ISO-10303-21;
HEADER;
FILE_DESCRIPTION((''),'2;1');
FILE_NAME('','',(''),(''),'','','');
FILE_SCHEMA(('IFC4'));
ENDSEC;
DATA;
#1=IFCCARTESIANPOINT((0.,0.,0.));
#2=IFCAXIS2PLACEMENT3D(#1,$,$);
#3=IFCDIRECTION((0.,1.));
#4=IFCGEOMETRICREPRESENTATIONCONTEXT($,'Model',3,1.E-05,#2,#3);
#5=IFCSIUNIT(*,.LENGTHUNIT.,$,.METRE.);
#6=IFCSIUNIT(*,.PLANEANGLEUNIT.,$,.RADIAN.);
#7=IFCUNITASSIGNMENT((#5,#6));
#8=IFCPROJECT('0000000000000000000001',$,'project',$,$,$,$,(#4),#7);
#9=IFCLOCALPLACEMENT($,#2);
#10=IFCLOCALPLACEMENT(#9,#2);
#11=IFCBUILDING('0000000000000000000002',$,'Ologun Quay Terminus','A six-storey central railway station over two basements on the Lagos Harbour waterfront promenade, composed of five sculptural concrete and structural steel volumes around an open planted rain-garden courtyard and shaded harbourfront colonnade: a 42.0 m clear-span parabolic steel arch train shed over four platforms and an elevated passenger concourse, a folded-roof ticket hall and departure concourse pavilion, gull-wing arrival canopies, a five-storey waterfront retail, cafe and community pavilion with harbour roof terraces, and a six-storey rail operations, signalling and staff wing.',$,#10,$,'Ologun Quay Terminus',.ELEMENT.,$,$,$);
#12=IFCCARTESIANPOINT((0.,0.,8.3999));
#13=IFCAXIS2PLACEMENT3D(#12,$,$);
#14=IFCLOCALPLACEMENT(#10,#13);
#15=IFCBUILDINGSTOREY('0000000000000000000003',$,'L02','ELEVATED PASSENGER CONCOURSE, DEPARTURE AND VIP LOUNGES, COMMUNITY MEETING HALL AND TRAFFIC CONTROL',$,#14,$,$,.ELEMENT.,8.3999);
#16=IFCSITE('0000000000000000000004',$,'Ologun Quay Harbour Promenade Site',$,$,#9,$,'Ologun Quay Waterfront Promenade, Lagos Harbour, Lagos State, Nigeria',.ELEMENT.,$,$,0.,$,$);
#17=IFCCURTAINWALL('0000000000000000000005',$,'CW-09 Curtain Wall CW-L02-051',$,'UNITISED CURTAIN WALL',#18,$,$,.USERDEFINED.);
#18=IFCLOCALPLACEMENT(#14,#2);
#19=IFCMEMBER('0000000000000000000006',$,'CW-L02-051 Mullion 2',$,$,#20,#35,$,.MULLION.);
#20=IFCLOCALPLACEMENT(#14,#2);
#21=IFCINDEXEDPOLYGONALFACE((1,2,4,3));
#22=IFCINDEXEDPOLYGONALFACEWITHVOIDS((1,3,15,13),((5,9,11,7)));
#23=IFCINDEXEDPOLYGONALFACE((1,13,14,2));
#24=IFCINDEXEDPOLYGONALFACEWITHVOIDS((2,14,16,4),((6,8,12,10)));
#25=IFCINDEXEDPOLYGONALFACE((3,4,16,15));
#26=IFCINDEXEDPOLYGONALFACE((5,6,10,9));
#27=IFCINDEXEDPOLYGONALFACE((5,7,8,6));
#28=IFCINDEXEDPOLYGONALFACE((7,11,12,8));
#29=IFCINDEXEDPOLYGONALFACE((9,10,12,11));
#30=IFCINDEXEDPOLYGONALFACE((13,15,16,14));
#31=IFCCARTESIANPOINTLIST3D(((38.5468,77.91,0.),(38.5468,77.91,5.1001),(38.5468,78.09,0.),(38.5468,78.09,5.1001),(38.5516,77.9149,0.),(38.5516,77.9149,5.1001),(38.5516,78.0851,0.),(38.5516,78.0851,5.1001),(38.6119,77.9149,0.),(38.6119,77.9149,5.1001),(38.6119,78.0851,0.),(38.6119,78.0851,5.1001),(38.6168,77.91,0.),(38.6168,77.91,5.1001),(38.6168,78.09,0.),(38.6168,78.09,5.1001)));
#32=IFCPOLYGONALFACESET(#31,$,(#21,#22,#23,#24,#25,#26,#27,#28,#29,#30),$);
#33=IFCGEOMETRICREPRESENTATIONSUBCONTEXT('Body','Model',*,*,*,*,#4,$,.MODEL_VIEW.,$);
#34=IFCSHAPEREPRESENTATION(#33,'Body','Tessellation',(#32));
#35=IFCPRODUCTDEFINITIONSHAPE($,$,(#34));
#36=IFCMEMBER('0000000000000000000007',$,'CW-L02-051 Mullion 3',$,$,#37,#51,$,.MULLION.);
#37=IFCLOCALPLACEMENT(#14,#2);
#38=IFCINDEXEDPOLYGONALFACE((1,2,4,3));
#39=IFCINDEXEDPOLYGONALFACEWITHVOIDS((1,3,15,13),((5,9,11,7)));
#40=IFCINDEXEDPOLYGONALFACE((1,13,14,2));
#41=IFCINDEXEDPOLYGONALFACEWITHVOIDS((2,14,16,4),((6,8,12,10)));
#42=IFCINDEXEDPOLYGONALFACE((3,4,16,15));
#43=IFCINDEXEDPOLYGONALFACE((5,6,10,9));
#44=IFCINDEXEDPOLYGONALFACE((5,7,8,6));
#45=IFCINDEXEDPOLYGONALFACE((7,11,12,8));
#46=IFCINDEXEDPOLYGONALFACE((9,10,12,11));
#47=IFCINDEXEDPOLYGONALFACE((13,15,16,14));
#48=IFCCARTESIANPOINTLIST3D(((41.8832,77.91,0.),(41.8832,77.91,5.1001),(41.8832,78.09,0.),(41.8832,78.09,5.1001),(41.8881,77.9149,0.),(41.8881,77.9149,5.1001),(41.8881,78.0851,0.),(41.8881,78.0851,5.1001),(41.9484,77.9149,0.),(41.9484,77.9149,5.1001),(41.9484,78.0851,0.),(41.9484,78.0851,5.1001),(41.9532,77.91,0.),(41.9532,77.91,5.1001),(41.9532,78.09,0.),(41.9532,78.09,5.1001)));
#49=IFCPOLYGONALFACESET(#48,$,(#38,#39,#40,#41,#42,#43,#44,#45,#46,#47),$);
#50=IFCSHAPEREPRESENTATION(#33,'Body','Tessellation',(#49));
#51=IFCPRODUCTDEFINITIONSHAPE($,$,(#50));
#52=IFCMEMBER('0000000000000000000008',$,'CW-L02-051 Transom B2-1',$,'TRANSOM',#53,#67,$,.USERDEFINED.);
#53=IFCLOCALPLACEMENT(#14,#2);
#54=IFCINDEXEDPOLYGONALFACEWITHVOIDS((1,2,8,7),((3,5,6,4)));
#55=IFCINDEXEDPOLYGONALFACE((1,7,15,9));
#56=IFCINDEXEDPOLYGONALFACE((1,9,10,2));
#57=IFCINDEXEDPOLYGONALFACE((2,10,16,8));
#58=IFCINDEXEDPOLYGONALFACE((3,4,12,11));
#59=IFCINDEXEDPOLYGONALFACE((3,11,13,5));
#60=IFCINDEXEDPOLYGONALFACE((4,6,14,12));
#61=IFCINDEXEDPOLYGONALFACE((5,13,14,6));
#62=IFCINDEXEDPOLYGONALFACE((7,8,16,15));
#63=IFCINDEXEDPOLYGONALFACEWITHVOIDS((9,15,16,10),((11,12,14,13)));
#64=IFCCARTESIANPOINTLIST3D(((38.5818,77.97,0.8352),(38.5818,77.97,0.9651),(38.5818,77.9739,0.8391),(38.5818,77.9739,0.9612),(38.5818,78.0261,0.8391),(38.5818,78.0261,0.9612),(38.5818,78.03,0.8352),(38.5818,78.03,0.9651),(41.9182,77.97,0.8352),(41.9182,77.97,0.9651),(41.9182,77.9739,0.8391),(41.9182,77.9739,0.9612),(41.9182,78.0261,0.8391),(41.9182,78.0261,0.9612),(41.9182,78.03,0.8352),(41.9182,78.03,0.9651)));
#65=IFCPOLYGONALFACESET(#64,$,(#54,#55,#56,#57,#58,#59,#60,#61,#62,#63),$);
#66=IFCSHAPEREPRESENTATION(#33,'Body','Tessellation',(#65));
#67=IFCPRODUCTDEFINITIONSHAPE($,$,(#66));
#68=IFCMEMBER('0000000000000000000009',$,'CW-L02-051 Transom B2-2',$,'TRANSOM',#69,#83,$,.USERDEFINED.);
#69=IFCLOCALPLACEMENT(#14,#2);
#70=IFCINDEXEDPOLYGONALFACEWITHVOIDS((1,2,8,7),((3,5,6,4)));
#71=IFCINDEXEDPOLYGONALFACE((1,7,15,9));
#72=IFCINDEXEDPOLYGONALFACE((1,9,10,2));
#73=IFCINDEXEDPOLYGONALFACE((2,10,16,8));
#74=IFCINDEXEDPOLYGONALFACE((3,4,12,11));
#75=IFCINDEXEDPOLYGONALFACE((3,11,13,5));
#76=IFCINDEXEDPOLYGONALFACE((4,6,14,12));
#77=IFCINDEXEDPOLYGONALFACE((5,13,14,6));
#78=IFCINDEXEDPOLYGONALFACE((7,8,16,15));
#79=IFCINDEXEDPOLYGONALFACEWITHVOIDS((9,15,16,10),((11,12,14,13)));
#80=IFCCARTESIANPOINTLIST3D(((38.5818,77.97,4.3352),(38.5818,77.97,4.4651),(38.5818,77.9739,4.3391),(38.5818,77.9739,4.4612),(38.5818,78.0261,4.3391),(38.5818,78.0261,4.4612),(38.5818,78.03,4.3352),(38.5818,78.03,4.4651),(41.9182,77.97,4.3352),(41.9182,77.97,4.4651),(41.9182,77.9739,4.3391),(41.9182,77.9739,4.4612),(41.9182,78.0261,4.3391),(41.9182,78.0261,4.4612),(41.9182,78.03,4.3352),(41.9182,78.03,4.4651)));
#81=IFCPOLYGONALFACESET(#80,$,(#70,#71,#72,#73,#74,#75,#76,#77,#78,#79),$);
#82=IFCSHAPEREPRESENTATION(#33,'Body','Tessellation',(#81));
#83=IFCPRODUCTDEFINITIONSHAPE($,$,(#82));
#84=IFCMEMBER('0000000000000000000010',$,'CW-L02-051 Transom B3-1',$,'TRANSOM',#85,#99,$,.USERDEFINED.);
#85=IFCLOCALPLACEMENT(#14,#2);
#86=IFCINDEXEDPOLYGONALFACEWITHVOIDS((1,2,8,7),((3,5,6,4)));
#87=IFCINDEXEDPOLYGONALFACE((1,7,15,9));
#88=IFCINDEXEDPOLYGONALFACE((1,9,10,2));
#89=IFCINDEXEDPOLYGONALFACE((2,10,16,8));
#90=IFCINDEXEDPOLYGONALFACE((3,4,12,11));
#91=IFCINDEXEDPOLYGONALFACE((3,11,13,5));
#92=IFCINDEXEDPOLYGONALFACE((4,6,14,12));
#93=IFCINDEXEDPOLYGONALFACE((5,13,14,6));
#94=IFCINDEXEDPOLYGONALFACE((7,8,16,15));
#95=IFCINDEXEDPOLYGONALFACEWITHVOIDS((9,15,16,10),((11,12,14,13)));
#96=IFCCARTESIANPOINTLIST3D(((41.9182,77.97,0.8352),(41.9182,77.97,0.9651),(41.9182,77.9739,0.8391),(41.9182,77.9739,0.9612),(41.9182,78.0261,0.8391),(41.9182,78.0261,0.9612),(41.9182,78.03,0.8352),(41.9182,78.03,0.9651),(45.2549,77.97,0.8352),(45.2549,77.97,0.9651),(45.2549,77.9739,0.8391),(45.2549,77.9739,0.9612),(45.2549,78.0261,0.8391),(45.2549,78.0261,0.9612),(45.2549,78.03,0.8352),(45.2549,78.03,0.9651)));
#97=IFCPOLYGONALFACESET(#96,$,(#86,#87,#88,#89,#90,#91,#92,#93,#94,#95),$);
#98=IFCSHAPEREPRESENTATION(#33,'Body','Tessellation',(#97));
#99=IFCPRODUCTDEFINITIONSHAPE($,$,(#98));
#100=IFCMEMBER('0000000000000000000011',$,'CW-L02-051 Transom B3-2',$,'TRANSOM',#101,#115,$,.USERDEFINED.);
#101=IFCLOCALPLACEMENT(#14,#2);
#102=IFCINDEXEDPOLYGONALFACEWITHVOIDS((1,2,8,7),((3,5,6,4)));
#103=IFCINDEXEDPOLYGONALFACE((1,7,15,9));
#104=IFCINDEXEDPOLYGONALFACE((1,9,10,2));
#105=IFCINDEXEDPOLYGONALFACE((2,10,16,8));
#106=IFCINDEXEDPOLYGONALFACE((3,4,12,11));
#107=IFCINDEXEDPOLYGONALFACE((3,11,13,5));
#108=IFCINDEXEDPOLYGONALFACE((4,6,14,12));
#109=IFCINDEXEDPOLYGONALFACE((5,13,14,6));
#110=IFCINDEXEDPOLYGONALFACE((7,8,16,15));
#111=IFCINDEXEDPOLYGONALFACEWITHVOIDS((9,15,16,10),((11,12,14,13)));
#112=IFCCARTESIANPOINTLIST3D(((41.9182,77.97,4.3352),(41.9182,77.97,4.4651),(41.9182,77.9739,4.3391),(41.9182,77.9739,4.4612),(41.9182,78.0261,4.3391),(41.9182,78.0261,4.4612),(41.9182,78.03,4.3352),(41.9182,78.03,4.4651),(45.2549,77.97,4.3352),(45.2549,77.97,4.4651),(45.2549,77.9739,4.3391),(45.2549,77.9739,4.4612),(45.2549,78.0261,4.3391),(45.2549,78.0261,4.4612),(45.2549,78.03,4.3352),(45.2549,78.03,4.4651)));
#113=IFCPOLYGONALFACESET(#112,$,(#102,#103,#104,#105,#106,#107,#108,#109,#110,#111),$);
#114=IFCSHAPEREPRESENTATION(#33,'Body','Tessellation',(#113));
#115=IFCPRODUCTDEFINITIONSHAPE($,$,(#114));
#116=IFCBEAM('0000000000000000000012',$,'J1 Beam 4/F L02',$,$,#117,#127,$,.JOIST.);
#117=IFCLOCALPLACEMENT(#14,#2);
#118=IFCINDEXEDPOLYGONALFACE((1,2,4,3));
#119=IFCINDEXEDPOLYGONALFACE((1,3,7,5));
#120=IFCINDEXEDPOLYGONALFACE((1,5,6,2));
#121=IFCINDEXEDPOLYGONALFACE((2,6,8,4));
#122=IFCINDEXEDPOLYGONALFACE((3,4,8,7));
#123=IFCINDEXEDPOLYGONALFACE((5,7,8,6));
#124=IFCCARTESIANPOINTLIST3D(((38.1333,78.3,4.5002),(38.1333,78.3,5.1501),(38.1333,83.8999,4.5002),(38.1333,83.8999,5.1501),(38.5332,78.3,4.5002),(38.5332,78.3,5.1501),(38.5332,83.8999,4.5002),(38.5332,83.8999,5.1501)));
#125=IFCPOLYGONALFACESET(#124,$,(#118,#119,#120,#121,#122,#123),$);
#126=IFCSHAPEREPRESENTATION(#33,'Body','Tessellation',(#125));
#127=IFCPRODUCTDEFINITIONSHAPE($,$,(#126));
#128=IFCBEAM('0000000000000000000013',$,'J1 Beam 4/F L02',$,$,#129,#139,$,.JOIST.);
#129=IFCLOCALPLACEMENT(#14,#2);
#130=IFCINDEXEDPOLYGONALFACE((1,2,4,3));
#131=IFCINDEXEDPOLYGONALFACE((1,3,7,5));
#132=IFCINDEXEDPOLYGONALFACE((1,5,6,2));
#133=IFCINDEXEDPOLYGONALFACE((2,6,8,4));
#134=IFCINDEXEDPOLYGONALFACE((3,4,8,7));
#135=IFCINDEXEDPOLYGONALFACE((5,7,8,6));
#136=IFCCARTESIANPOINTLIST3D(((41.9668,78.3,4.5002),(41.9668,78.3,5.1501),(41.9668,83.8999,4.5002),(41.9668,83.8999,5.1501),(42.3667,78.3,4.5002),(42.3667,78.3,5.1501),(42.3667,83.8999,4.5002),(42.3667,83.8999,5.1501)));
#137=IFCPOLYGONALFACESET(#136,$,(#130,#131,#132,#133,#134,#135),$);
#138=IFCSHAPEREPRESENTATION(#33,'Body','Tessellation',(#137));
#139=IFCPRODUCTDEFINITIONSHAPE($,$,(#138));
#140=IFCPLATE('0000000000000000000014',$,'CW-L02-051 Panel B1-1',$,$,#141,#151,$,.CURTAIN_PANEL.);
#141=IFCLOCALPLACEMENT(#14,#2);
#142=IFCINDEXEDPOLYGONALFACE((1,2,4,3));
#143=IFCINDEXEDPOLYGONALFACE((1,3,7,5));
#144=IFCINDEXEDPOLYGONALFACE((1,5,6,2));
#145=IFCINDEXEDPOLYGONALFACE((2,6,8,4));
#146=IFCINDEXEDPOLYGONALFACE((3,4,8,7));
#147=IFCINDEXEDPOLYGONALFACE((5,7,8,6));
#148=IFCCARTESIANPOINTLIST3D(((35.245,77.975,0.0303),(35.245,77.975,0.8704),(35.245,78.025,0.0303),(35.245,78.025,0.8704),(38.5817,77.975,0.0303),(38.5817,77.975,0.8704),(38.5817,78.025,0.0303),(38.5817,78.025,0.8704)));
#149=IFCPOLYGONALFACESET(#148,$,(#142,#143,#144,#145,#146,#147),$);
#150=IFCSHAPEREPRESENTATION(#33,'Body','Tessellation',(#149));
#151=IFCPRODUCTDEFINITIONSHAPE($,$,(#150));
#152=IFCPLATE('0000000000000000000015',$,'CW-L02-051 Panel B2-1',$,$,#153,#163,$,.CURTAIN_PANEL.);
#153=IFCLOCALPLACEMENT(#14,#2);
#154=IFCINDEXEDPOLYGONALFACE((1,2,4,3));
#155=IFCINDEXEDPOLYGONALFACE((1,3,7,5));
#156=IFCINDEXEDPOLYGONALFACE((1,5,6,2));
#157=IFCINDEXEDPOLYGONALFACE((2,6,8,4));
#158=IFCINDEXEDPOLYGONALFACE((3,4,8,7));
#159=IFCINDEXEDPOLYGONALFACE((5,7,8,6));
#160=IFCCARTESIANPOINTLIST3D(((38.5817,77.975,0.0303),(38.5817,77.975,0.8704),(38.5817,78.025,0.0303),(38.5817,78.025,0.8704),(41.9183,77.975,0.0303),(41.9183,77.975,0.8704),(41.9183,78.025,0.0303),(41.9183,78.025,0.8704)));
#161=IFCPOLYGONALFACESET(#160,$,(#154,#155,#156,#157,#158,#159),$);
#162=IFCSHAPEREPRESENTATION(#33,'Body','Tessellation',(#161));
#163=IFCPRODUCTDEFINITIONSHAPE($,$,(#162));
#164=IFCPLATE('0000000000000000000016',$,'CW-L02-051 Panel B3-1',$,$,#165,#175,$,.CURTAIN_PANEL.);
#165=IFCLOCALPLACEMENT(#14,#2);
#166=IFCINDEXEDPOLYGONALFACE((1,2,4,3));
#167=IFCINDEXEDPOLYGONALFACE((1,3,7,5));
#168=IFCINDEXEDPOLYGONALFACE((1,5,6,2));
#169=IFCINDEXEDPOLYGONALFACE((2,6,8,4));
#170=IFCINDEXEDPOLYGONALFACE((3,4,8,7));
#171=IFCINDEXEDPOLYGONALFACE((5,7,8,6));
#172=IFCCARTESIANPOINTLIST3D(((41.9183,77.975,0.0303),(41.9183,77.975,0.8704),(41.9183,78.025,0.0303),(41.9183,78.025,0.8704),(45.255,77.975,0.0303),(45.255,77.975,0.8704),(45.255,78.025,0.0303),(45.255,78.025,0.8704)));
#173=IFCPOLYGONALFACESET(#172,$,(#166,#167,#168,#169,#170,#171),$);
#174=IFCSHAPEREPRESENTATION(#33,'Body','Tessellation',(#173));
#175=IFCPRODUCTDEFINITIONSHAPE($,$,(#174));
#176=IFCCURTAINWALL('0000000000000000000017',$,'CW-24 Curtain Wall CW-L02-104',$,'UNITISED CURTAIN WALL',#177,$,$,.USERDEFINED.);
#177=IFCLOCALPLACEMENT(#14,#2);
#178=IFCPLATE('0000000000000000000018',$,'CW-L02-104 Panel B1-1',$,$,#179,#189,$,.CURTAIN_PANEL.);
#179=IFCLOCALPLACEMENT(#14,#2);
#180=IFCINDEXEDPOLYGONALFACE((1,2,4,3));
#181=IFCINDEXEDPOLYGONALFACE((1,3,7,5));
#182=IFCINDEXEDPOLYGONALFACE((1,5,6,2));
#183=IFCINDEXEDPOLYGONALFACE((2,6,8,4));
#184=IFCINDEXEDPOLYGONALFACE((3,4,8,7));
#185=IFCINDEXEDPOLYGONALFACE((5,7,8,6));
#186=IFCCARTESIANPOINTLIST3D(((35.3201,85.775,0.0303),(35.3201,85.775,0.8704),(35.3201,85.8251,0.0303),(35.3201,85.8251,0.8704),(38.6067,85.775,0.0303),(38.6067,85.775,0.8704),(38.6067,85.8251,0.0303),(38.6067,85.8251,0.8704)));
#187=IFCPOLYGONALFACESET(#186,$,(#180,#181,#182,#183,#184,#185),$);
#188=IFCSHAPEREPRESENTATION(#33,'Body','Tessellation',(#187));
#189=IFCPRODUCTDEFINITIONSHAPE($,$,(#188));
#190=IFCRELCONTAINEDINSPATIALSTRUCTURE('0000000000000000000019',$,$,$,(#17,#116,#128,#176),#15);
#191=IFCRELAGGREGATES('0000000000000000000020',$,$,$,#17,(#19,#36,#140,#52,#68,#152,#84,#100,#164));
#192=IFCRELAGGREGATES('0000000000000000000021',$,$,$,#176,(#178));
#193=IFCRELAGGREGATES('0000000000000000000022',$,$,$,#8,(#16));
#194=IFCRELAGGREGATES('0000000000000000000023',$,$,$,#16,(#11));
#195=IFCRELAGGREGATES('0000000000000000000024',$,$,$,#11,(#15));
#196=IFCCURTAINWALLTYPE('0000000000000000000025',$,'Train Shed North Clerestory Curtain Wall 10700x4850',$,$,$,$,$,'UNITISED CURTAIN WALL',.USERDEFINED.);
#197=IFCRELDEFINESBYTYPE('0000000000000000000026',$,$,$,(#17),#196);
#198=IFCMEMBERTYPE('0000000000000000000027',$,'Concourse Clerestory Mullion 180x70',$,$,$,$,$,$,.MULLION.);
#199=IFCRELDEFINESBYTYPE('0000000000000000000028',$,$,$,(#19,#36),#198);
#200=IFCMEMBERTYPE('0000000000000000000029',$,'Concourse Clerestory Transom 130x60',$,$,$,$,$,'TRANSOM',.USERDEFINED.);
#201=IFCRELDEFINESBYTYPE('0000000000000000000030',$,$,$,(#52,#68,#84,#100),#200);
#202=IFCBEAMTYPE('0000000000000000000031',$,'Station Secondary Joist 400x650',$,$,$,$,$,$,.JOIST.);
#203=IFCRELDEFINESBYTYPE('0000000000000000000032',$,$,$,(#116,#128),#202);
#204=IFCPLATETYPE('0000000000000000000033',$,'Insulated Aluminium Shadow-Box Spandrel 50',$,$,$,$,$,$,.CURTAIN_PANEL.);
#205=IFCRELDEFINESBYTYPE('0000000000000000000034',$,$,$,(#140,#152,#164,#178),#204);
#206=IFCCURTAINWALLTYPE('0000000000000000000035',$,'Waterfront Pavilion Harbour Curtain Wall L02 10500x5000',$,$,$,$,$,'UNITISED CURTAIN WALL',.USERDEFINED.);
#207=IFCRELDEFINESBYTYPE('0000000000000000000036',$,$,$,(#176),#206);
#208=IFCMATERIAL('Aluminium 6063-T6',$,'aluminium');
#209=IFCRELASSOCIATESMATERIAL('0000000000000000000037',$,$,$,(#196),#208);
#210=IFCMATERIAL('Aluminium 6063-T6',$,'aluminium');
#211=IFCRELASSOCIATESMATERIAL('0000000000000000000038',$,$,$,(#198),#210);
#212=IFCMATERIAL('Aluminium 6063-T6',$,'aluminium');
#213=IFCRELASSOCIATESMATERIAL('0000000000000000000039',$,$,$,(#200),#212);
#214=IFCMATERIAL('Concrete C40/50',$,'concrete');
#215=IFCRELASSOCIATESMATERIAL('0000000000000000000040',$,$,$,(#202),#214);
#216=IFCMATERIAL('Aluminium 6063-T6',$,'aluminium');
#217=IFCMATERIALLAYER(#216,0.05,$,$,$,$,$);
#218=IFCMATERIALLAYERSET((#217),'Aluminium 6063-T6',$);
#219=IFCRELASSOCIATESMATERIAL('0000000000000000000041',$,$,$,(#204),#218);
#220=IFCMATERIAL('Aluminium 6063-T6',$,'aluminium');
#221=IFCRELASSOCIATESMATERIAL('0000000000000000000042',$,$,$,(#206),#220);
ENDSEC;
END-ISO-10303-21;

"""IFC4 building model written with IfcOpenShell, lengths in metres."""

from ifc_helpers import new_model, si_unit, direction, frame, origin, origin_2d, place, context, subcontext, project, spatial, rectangle, hollow_rectangle, extrude, material, layer, layer_set, material_profile, profile_set, type_object, element, aggregate, save


model = new_model("IFC4")

# Units and contexts
model_context = context("Model", 3, precision=1e-05, world=origin(), true_north=direction((0.0, 1.0)))
body_context = subcontext(model_context, "Body", "Model", "MODEL_VIEW")
ifc_project = project(units=[si_unit("LENGTHUNIT", "METRE"), si_unit("PLANEANGLEUNIT", "RADIAN")], contexts=[model_context])

# Site, building, storey
site_placement = place(None, origin())
site = spatial("IfcSite", under=ifc_project, at=site_placement, Name="Ologun Quay Harbour Promenade Site", LongName="Ologun Quay Waterfront Promenade, Lagos Harbour, Lagos State, Nigeria", CompositionType="ELEMENT", RefElevation=0.0)
building_placement = place(site_placement, origin())
building = spatial("IfcBuilding", under=site, at=building_placement, Name="Ologun Quay Terminus", Description="A six-storey central railway station over two basements on the Lagos Harbour waterfront promenade, composed of five sculptural concrete and structural steel volumes around an open planted rain-garden courtyard and shaded harbourfront colonnade: a 42.0 m clear-span parabolic steel arch train shed over four platforms and an elevated passenger concourse, a folded-roof ticket hall and departure concourse pavilion, gull-wing arrival canopies, a five-storey waterfront retail, cafe and community pavilion with harbour roof terraces, and a six-storey rail operations, signalling and staff wing.", LongName="Ologun Quay Terminus", CompositionType="ELEMENT")
storey_placement = place(building_placement, frame((0.0, 0.0, 8.3999)))
storey = spatial("IfcBuildingStorey", under=building, at=storey_placement, Name="L02", Description="ELEVATED PASSENGER CONCOURSE, DEPARTURE AND VIP LOUNGES, COMMUNITY MEETING HALL AND TRAFFIC CONTROL", CompositionType="ELEMENT", Elevation=8.3999)

# Curtain wall, members
ifc_material_1 = material(Name="Aluminium 6063-T6", Category="aluminium")
curtain_wall_type_1 = type_object("IfcCurtainWallType", Name="Train Shed North Clerestory Curtain Wall 10700x4850", ElementType="UNITISED CURTAIN WALL", PredefinedType="USERDEFINED", material=ifc_material_1)
curtain_wall_1_placement = place(storey_placement, origin())
curtain_wall_1 = element("IfcCurtainWall", 1, at=curtain_wall_1_placement, inside=storey, type_object=curtain_wall_type_1, Name="CW-09 Curtain Wall CW-L02-051", ObjectType="UNITISED CURTAIN WALL", PredefinedType="USERDEFINED")
ifc_material_2 = material(Name="Aluminium 6063-T6", Category="aluminium")
ifc_material_profile_1 = material_profile(ifc_material_2, hollow_rectangle(XDim=0.0701, YDim=0.1799, WallThickness=0.0049, at=origin_2d()), Name="ALU 180x70x5")
ifc_profile_set_1 = profile_set([ifc_material_profile_1], Name="Aluminium 6063-T6")
member_type_1 = type_object("IfcMemberType", Name="Concourse Clerestory Mullion 180x70", PredefinedType="MULLION", material=ifc_profile_set_1)
member_1_placement = place(storey_placement, frame((38.5818, 78.0, 0.0), z_axis=(0.0, 0.0, 1.0), x_axis=(1.0, 0.0, 0.0)))
member_1 = element("IfcMember", 2, at=member_1_placement, type_object=member_type_1, Name="CW-L02-051 Mullion 2", PredefinedType="MULLION", context=body_context, shape_type="SweptSolid", body=[
    extrude(hollow_rectangle(XDim=0.0701, YDim=0.1799, WallThickness=0.0049, at=origin_2d()), origin(), (0.0, 0.0, 1.0), 5.1001),
])
member_2_placement = place(storey_placement, frame((41.9182, 78.0, 0.0), z_axis=(0.0, 0.0, 1.0), x_axis=(1.0, 0.0, 0.0)))
member_2 = element("IfcMember", 3, at=member_2_placement, type_object=member_type_1, Name="CW-L02-051 Mullion 3", PredefinedType="MULLION", context=body_context, shape_type="SweptSolid", body=[
    extrude(hollow_rectangle(XDim=0.0701, YDim=0.1799, WallThickness=0.0049, at=origin_2d()), origin(), (0.0, 0.0, 1.0), 5.1001),
])
ifc_material_3 = material(Name="Aluminium 6063-T6", Category="aluminium")
ifc_material_profile_2 = material_profile(ifc_material_3, hollow_rectangle(XDim=0.0601, YDim=0.1299, WallThickness=0.0039, at=origin_2d()), Name="ALU 130x60x4")
ifc_profile_set_2 = profile_set([ifc_material_profile_2], Name="Aluminium 6063-T6")
member_type_2 = type_object("IfcMemberType", Name="Concourse Clerestory Transom 130x60", ElementType="TRANSOM", PredefinedType="USERDEFINED", material=ifc_profile_set_2)
member_3_placement = place(storey_placement, frame((38.5818, 78.0, 0.9001), z_axis=(1.0, 0.0, 0.0), x_axis=(0.0, 1.0, 0.0)))
member_3 = element("IfcMember", 4, at=member_3_placement, type_object=member_type_2, Name="CW-L02-051 Transom B2-1", ObjectType="TRANSOM", PredefinedType="USERDEFINED", context=body_context, shape_type="SweptSolid", body=[
    extrude(hollow_rectangle(XDim=0.0601, YDim=0.1299, WallThickness=0.0039, at=origin_2d()), origin(), (0.0, 0.0, 1.0), 3.3364),
])
member_4_placement = place(storey_placement, frame((38.5818, 78.0, 4.4001), z_axis=(1.0, 0.0, 0.0), x_axis=(0.0, 1.0, 0.0)))
member_4 = element("IfcMember", 5, at=member_4_placement, type_object=member_type_2, Name="CW-L02-051 Transom B2-2", ObjectType="TRANSOM", PredefinedType="USERDEFINED", context=body_context, shape_type="SweptSolid", body=[
    extrude(hollow_rectangle(XDim=0.0601, YDim=0.1299, WallThickness=0.0039, at=origin_2d()), origin(), (0.0, 0.0, 1.0), 3.3364),
])
member_5_placement = place(storey_placement, frame((41.9182, 78.0, 0.9001), z_axis=(1.0, 0.0, 0.0), x_axis=(0.0, 1.0, 0.0)))
member_5 = element("IfcMember", 6, at=member_5_placement, type_object=member_type_2, Name="CW-L02-051 Transom B3-1", ObjectType="TRANSOM", PredefinedType="USERDEFINED", context=body_context, shape_type="SweptSolid", body=[
    extrude(hollow_rectangle(XDim=0.0601, YDim=0.1299, WallThickness=0.0039, at=origin_2d()), origin(), (0.0, 0.0, 1.0), 3.3367),
])
member_6_placement = place(storey_placement, frame((41.9182, 78.0, 4.4001), z_axis=(1.0, 0.0, 0.0), x_axis=(0.0, 1.0, 0.0)))
member_6 = element("IfcMember", 7, at=member_6_placement, type_object=member_type_2, Name="CW-L02-051 Transom B3-2", ObjectType="TRANSOM", PredefinedType="USERDEFINED", context=body_context, shape_type="SweptSolid", body=[
    extrude(hollow_rectangle(XDim=0.0601, YDim=0.1299, WallThickness=0.0039, at=origin_2d()), origin(), (0.0, 0.0, 1.0), 3.3367),
])

# Beams
ifc_material_4 = material(Name="Concrete C40/50", Category="concrete")
ifc_material_profile_3 = material_profile(ifc_material_4, rectangle(XDim=0.3999, YDim=0.6499, at=origin_2d()), Name="RC 400x650")
ifc_profile_set_3 = profile_set([ifc_material_profile_3], Name="Concrete C40/50")
beam_type = type_object("IfcBeamType", Name="Station Secondary Joist 400x650", PredefinedType="JOIST", material=ifc_profile_set_3)
for number, where, z_axis, x_axis, name in (
    (8, (38.3333, 78.3, 4.8252), (0.0, 1.0, 0.0), (-1.0, 0.0, 0.0), "J1 Beam 4/F L02"),
    (9, (42.1667, 78.3, 4.8252), (0.0, 1.0, 0.0), (-1.0, 0.0, 0.0), "J1 Beam 4/F L02"),
):
    element("IfcBeam", number, at=place(storey_placement, frame(where, z_axis=z_axis, x_axis=x_axis)), inside=storey, type_object=beam_type, Name=name, PredefinedType="JOIST", context=body_context, shape_type="SweptSolid", body=[
        extrude(rectangle(XDim=0.3999, YDim=0.6499, at=origin_2d()), origin(), (0.0, 0.0, 1.0), 5.5999),
    ])

# Plates
ifc_material_5 = material(Name="Aluminium 6063-T6", Category="aluminium")
ifc_layer_1 = layer(ifc_material_5, 0.05)
ifc_layer_set_1 = layer_set([ifc_layer_1], Name="Aluminium 6063-T6")
plate_type_1 = type_object("IfcPlateType", Name="Insulated Aluminium Shadow-Box Spandrel 50", PredefinedType="CURTAIN_PANEL", material=ifc_layer_set_1)
plate_1_placement = place(storey_placement, frame((36.9133, 78.0, 0.0303), z_axis=(0.0, 0.0, 1.0), x_axis=(1.0, 0.0, 0.0)))
plate_1 = element("IfcPlate", 10, at=plate_1_placement, type_object=plate_type_1, Name="CW-L02-051 Panel B1-1", PredefinedType="CURTAIN_PANEL", context=body_context, shape_type="SweptSolid", body=[
    extrude(rectangle(XDim=3.3367, YDim=0.05, at=origin_2d()), origin(), (0.0, 0.0, 1.0), 0.8401),
])
plate_2_placement = place(storey_placement, frame((40.25, 78.0, 0.0303), z_axis=(0.0, 0.0, 1.0), x_axis=(1.0, 0.0, 0.0)))
plate_2 = element("IfcPlate", 11, at=plate_2_placement, type_object=plate_type_1, Name="CW-L02-051 Panel B2-1", PredefinedType="CURTAIN_PANEL", context=body_context, shape_type="SweptSolid", body=[
    extrude(rectangle(XDim=3.3367, YDim=0.05, at=origin_2d()), origin(), (0.0, 0.0, 1.0), 0.8401),
])
plate_3_placement = place(storey_placement, frame((43.5867, 78.0, 0.0303), z_axis=(0.0, 0.0, 1.0), x_axis=(1.0, 0.0, 0.0)))
plate_3 = element("IfcPlate", 12, at=plate_3_placement, type_object=plate_type_1, Name="CW-L02-051 Panel B3-1", PredefinedType="CURTAIN_PANEL", context=body_context, shape_type="SweptSolid", body=[
    extrude(rectangle(XDim=3.3367, YDim=0.05, at=origin_2d()), origin(), (0.0, 0.0, 1.0), 0.8401),
])

# Curtain wall, plate
ifc_material_6 = material(Name="Aluminium 6063-T6", Category="aluminium")
curtain_wall_type_2 = type_object("IfcCurtainWallType", Name="Waterfront Pavilion Harbour Curtain Wall L02 10500x5000", ElementType="UNITISED CURTAIN WALL", PredefinedType="USERDEFINED", material=ifc_material_6)
curtain_wall_2_placement = place(storey_placement, origin())
curtain_wall_2 = element("IfcCurtainWall", 13, at=curtain_wall_2_placement, inside=storey, type_object=curtain_wall_type_2, Name="CW-24 Curtain Wall CW-L02-104", ObjectType="UNITISED CURTAIN WALL", PredefinedType="USERDEFINED")
plate_4_placement = place(storey_placement, frame((36.9634, 85.8, 0.0303), z_axis=(0.0, 0.0, 1.0), x_axis=(1.0, 0.0, 0.0)))
plate_4 = element("IfcPlate", 14, at=plate_4_placement, type_object=plate_type_1, Name="CW-L02-104 Panel B1-1", PredefinedType="CURTAIN_PANEL", context=body_context, shape_type="SweptSolid", body=[
    extrude(rectangle(XDim=3.2866, YDim=0.05, at=origin_2d()), origin(), (0.0, 0.0, 1.0), 0.8401),
])

aggregate(curtain_wall_1, [member_1, member_2, plate_1, member_3, member_4, plate_2, member_5, member_6, plate_3])
aggregate(curtain_wall_2, [plate_4])

save(model, "model.ifc")
